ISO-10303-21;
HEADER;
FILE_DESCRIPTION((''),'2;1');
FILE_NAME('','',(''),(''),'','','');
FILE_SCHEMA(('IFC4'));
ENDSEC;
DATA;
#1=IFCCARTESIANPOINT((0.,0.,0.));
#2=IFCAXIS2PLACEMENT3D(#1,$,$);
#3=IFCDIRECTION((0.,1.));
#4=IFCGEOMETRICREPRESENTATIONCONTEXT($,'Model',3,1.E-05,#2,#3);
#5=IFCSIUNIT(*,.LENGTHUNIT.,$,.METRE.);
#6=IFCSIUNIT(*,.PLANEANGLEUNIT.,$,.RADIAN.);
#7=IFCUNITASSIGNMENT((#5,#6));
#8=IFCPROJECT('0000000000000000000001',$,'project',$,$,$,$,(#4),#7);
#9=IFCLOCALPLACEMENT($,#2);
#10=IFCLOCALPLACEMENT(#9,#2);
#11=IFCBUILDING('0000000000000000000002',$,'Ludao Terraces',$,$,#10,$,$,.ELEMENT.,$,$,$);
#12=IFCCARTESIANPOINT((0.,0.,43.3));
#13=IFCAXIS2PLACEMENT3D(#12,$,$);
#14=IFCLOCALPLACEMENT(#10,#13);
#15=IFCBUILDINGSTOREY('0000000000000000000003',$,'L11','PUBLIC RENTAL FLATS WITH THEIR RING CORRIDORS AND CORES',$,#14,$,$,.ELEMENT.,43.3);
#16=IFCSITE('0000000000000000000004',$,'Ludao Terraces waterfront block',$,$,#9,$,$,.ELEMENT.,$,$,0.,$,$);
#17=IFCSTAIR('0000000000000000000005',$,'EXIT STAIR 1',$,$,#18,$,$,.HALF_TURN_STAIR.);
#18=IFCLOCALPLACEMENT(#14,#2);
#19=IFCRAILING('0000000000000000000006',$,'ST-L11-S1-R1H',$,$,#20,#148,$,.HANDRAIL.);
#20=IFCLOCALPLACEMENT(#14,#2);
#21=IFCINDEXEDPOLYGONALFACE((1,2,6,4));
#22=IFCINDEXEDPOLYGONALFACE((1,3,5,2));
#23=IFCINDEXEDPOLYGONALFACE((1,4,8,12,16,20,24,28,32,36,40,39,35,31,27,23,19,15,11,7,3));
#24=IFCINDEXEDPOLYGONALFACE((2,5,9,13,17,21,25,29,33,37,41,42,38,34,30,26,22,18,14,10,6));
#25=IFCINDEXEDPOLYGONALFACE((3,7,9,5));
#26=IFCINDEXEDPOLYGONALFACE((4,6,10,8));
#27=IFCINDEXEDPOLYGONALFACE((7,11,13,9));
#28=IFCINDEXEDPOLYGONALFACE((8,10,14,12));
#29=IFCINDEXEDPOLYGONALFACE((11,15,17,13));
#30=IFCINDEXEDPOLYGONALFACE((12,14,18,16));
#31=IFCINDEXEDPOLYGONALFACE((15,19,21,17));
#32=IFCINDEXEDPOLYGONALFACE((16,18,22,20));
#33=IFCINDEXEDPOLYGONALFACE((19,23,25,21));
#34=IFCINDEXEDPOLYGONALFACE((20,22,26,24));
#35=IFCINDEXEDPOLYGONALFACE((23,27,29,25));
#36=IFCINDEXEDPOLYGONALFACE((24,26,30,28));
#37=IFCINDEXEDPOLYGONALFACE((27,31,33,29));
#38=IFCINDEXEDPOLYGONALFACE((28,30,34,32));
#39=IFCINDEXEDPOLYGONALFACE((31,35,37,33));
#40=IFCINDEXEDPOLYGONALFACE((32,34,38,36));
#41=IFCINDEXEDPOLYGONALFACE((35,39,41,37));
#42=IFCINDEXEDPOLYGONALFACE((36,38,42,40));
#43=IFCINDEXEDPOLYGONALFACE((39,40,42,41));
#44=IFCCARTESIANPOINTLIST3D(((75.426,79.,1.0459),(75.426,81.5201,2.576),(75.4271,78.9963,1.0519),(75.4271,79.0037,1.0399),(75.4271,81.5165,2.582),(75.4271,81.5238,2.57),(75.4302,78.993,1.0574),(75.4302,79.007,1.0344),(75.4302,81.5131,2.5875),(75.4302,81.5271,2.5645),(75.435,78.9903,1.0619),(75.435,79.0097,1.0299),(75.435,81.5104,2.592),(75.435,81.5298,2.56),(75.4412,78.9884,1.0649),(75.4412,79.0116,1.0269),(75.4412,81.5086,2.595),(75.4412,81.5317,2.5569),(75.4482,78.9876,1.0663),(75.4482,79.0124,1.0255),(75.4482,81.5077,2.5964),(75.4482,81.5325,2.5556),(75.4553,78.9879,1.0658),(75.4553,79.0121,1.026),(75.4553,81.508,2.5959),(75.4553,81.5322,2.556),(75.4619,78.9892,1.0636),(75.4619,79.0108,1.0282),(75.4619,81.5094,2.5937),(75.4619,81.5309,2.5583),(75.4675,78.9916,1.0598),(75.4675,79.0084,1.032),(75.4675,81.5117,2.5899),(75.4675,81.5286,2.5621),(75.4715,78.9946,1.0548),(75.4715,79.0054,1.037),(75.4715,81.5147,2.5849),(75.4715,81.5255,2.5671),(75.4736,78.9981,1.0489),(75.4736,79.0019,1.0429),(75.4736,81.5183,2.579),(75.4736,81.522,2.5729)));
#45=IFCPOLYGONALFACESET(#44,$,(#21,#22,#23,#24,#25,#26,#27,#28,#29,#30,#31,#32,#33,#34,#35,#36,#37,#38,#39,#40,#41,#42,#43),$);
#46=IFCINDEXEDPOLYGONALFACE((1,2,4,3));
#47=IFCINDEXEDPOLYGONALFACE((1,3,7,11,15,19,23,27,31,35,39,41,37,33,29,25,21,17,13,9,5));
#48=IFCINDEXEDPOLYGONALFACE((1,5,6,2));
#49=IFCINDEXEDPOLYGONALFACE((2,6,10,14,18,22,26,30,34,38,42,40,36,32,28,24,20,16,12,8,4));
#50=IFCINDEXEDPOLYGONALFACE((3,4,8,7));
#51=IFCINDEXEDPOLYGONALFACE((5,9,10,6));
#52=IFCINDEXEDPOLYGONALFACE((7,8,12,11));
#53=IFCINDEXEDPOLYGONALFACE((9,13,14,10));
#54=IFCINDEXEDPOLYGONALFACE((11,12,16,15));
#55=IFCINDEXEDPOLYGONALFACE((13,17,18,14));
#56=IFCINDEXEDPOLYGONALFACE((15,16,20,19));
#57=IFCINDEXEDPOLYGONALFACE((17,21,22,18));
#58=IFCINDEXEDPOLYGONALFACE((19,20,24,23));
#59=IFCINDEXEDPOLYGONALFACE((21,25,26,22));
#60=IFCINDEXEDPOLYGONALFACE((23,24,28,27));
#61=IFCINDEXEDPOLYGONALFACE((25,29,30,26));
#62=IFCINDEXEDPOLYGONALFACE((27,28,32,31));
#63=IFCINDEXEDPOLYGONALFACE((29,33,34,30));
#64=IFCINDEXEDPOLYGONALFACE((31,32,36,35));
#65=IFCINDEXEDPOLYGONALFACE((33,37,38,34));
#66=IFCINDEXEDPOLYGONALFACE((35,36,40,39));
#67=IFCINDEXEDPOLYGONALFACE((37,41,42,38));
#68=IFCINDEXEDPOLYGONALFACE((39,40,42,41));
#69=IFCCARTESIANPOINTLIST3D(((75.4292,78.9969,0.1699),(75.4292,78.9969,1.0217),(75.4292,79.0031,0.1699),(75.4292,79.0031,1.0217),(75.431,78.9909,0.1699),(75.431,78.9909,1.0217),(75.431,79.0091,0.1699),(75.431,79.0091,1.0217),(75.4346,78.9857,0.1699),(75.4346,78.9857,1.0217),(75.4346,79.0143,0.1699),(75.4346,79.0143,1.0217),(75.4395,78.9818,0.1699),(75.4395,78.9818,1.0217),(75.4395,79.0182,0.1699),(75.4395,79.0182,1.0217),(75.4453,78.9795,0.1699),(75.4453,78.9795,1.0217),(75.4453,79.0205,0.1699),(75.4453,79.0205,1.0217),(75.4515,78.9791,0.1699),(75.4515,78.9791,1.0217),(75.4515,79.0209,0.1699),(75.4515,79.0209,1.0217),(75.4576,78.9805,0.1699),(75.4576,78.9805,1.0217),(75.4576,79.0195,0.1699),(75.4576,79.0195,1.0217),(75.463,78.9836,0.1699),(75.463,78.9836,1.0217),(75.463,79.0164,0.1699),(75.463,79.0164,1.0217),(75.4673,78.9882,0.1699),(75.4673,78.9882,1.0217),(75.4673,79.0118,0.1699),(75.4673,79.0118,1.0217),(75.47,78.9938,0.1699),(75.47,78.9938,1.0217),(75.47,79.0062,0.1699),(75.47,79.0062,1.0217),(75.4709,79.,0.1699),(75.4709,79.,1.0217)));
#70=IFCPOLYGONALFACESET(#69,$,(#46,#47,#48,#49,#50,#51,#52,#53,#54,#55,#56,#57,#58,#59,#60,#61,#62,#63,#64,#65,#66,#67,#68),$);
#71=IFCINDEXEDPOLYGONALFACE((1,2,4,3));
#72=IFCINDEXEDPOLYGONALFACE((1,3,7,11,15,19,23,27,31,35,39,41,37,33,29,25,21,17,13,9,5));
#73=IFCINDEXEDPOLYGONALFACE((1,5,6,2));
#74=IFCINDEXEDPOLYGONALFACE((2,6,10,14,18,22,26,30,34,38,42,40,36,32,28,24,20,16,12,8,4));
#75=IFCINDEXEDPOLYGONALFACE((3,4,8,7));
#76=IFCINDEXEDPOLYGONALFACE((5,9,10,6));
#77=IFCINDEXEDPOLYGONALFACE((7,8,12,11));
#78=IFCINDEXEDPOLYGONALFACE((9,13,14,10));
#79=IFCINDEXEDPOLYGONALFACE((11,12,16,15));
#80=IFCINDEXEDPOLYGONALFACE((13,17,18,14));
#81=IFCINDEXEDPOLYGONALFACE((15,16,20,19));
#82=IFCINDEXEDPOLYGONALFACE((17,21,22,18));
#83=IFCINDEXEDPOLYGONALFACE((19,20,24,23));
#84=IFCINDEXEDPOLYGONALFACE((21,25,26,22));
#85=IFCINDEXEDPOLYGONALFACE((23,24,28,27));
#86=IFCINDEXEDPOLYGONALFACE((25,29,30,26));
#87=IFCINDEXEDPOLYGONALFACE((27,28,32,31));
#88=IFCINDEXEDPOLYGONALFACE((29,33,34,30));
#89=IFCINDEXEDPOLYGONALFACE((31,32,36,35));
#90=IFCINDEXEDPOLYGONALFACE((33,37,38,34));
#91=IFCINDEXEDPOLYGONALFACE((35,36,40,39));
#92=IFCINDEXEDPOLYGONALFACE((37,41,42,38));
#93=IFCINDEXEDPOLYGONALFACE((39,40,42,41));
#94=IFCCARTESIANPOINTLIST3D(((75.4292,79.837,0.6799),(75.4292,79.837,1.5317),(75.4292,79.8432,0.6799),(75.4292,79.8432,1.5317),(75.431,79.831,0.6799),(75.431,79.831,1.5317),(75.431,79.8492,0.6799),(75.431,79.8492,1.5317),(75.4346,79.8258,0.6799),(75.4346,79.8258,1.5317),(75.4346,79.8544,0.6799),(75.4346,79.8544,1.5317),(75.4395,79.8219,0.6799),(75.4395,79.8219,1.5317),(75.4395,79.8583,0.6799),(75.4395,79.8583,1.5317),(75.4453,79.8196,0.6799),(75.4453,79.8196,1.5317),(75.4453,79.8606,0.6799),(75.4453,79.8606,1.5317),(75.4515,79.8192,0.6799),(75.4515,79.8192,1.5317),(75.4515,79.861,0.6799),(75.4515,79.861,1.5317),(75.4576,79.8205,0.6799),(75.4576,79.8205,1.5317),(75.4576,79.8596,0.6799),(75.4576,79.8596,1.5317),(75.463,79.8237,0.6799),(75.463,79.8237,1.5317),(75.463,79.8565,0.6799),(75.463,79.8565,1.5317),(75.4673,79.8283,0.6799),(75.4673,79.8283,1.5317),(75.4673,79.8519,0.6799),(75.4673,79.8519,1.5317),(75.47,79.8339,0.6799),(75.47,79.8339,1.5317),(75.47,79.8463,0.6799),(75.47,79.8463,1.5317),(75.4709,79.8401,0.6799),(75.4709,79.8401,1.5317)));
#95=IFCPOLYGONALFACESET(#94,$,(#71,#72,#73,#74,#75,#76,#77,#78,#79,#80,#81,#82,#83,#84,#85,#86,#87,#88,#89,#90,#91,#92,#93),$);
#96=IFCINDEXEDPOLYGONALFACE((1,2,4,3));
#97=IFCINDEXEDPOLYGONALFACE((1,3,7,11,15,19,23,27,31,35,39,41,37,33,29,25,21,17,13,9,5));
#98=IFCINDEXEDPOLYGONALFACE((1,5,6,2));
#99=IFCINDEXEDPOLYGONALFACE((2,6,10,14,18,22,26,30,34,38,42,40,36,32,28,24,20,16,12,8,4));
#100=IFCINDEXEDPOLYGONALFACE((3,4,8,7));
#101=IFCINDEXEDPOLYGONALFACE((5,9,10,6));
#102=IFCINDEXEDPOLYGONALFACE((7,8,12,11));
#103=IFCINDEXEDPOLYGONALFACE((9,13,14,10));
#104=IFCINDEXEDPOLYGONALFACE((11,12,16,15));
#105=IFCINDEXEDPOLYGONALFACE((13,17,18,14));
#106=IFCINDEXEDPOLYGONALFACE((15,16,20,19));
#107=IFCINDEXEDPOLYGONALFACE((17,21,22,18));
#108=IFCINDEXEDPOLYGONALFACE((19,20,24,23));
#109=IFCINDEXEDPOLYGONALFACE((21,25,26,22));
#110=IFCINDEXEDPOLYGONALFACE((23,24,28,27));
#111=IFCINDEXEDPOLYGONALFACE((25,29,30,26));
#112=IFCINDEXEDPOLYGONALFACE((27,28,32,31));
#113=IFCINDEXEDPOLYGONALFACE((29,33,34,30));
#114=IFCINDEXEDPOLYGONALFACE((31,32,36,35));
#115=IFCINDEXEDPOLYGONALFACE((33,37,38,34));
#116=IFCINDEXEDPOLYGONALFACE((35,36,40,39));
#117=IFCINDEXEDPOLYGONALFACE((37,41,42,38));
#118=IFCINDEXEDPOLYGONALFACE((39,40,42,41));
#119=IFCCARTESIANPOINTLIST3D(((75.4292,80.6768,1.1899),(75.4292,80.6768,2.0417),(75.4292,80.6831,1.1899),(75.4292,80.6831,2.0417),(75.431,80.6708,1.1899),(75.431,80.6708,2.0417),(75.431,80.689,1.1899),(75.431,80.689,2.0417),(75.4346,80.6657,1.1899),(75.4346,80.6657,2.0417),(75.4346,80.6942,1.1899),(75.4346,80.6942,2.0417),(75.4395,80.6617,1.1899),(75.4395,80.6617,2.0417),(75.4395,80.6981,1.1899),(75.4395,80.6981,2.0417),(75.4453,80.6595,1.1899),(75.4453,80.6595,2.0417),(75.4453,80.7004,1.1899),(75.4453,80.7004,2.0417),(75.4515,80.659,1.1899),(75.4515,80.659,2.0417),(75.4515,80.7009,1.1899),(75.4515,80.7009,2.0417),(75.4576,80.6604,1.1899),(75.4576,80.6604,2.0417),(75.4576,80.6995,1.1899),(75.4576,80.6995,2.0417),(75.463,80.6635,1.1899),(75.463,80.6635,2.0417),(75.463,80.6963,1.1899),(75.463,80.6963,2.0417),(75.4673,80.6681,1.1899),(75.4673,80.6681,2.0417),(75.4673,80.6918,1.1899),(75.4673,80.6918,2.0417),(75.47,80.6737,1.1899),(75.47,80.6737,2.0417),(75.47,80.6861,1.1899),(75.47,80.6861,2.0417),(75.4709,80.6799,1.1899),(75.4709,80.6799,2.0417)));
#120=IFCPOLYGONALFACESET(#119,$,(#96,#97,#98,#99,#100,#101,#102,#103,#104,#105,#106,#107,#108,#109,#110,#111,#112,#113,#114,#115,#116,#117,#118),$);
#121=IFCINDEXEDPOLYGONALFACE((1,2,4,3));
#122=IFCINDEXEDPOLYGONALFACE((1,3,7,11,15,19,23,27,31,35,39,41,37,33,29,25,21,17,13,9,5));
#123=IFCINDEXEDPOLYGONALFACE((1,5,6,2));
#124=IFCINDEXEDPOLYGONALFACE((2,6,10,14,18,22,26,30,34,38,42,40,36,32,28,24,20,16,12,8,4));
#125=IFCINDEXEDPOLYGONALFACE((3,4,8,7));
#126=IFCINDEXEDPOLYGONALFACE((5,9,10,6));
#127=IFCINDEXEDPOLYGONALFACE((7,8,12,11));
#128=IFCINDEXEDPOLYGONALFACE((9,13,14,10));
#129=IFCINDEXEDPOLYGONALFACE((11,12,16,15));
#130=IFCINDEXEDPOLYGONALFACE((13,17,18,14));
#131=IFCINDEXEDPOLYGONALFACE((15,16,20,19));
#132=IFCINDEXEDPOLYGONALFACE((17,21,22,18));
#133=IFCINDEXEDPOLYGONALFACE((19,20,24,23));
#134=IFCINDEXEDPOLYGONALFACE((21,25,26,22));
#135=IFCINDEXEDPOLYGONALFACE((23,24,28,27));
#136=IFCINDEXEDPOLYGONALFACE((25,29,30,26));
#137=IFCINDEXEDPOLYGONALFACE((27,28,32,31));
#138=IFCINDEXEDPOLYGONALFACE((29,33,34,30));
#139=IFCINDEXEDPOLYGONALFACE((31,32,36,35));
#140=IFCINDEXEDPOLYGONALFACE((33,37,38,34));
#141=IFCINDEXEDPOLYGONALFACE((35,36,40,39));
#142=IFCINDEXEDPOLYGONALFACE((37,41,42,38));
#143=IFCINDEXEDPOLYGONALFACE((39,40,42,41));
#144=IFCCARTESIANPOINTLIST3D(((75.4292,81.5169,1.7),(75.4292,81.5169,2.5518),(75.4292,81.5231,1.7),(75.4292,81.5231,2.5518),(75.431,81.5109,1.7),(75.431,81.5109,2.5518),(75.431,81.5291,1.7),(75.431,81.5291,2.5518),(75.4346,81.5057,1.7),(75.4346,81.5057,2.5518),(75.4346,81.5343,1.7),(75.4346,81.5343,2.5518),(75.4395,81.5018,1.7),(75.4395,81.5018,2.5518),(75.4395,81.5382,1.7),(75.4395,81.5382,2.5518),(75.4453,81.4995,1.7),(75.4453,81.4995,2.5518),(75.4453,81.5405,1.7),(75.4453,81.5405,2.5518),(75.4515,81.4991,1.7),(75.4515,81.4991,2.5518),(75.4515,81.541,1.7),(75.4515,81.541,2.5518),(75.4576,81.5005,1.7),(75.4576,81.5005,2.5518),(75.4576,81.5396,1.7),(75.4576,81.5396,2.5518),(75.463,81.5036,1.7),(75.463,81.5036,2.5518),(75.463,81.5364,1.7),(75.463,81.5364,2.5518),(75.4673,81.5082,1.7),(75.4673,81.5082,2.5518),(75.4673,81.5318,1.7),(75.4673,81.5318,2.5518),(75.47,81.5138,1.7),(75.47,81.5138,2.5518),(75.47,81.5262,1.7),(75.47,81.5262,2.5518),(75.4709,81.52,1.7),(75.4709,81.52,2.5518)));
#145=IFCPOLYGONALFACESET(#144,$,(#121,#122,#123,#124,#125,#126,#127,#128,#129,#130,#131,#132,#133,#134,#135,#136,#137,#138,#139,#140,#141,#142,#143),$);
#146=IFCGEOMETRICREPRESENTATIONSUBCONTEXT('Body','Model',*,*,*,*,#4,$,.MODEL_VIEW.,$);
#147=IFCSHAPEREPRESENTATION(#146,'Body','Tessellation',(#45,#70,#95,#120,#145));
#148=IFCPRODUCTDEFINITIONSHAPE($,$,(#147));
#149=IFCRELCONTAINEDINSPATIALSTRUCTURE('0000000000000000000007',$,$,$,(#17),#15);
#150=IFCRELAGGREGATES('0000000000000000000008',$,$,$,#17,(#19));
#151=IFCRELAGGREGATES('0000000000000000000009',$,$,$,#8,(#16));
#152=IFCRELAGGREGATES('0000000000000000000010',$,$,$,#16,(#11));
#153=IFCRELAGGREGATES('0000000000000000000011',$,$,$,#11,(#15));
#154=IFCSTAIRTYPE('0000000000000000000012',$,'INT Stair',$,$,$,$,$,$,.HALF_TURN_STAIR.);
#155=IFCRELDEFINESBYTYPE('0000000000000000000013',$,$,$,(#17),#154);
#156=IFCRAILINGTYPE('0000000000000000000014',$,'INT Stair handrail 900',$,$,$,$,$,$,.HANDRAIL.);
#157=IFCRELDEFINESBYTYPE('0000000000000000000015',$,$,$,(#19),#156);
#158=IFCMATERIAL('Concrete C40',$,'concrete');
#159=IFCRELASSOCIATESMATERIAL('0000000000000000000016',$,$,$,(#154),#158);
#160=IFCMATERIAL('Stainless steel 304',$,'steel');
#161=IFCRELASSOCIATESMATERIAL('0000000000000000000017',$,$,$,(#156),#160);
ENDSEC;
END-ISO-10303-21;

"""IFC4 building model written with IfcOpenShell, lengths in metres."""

from ifc_helpers import new_model, si_unit, direction, frame, origin, origin_2d, place, context, subcontext, project, spatial, circle, extrude, material, type_object, element, aggregate, save


model = new_model("IFC4")

# Units and contexts
model_context = context("Model", 3, precision=1e-05, world=origin(), true_north=direction((0.0, 1.0)))
body_context = subcontext(model_context, "Body", "Model", "MODEL_VIEW")
ifc_project = project(units=[si_unit("LENGTHUNIT", "METRE"), si_unit("PLANEANGLEUNIT", "RADIAN")], contexts=[model_context])

# Site, building, storey
site_placement = place(None, origin())
site = spatial("IfcSite", under=ifc_project, at=site_placement, Name="Ludao Terraces waterfront block", CompositionType="ELEMENT", RefElevation=0.0)
building_placement = place(site_placement, origin())
building = spatial("IfcBuilding", under=site, at=building_placement, Name="Ludao Terraces", CompositionType="ELEMENT")
storey_placement = place(building_placement, frame((0.0, 0.0, 43.3)))
storey = spatial("IfcBuildingStorey", under=building, at=storey_placement, Name="L11", Description="PUBLIC RENTAL FLATS WITH THEIR RING CORRIDORS AND CORES", CompositionType="ELEMENT", Elevation=43.3)

# Shared definitions
ifc_material_1 = material(Name="Concrete C40", Category="concrete")

# Shared definitions
ifc_material_2 = material(Name="Stainless steel 304", Category="steel")

# Stair, railing
stair_type = type_object("IfcStairType", Name="INT Stair", PredefinedType="HALF_TURN_STAIR", material=ifc_material_1)
stair_placement = place(storey_placement, origin())
stair = element("IfcStair", 1, at=stair_placement, inside=storey, type_object=stair_type, Name="EXIT STAIR 1", PredefinedType="HALF_TURN_STAIR")
railing_type_1 = type_object("IfcRailingType", Name="INT Stair handrail 900", PredefinedType="HANDRAIL", material=ifc_material_2)
railing_1_placement = place(storey_placement, frame((75.45, 79.0, 0.1699)))
railing_1 = element("IfcRailing", 2, at=railing_1_placement, type_object=railing_type_1, Name="ST-L11-S1-R1H", PredefinedType="HANDRAIL", context=body_context, shape_type="SweptSolid", body=[
    extrude(circle(Radius=0.0239, at=origin_2d()), frame((0.0, 0.0, 0.876), z_axis=(0.0, 0.854785, 0.518982), x_axis=(-1.0, 0.0, 0.0)), (0.0, 0.0, 1.0), 2.9482),
    extrude(circle(Radius=0.021, at=origin_2d()), origin(), (0.0, 0.0, 1.0), 0.8518),
    extrude(circle(Radius=0.021, at=origin_2d()), frame((0.0, 0.8401, 0.51)), (0.0, 0.0, 1.0), 0.8518),
    extrude(circle(Radius=0.021, at=origin_2d()), frame((0.0, 1.6799, 1.02)), (0.0, 0.0, 1.0), 0.8518),
    extrude(circle(Radius=0.021, at=origin_2d()), frame((0.0, 2.52, 1.53)), (0.0, 0.0, 1.0), 0.8518),
])
aggregate(stair, [railing_1])

save(model, "model.ifc")
